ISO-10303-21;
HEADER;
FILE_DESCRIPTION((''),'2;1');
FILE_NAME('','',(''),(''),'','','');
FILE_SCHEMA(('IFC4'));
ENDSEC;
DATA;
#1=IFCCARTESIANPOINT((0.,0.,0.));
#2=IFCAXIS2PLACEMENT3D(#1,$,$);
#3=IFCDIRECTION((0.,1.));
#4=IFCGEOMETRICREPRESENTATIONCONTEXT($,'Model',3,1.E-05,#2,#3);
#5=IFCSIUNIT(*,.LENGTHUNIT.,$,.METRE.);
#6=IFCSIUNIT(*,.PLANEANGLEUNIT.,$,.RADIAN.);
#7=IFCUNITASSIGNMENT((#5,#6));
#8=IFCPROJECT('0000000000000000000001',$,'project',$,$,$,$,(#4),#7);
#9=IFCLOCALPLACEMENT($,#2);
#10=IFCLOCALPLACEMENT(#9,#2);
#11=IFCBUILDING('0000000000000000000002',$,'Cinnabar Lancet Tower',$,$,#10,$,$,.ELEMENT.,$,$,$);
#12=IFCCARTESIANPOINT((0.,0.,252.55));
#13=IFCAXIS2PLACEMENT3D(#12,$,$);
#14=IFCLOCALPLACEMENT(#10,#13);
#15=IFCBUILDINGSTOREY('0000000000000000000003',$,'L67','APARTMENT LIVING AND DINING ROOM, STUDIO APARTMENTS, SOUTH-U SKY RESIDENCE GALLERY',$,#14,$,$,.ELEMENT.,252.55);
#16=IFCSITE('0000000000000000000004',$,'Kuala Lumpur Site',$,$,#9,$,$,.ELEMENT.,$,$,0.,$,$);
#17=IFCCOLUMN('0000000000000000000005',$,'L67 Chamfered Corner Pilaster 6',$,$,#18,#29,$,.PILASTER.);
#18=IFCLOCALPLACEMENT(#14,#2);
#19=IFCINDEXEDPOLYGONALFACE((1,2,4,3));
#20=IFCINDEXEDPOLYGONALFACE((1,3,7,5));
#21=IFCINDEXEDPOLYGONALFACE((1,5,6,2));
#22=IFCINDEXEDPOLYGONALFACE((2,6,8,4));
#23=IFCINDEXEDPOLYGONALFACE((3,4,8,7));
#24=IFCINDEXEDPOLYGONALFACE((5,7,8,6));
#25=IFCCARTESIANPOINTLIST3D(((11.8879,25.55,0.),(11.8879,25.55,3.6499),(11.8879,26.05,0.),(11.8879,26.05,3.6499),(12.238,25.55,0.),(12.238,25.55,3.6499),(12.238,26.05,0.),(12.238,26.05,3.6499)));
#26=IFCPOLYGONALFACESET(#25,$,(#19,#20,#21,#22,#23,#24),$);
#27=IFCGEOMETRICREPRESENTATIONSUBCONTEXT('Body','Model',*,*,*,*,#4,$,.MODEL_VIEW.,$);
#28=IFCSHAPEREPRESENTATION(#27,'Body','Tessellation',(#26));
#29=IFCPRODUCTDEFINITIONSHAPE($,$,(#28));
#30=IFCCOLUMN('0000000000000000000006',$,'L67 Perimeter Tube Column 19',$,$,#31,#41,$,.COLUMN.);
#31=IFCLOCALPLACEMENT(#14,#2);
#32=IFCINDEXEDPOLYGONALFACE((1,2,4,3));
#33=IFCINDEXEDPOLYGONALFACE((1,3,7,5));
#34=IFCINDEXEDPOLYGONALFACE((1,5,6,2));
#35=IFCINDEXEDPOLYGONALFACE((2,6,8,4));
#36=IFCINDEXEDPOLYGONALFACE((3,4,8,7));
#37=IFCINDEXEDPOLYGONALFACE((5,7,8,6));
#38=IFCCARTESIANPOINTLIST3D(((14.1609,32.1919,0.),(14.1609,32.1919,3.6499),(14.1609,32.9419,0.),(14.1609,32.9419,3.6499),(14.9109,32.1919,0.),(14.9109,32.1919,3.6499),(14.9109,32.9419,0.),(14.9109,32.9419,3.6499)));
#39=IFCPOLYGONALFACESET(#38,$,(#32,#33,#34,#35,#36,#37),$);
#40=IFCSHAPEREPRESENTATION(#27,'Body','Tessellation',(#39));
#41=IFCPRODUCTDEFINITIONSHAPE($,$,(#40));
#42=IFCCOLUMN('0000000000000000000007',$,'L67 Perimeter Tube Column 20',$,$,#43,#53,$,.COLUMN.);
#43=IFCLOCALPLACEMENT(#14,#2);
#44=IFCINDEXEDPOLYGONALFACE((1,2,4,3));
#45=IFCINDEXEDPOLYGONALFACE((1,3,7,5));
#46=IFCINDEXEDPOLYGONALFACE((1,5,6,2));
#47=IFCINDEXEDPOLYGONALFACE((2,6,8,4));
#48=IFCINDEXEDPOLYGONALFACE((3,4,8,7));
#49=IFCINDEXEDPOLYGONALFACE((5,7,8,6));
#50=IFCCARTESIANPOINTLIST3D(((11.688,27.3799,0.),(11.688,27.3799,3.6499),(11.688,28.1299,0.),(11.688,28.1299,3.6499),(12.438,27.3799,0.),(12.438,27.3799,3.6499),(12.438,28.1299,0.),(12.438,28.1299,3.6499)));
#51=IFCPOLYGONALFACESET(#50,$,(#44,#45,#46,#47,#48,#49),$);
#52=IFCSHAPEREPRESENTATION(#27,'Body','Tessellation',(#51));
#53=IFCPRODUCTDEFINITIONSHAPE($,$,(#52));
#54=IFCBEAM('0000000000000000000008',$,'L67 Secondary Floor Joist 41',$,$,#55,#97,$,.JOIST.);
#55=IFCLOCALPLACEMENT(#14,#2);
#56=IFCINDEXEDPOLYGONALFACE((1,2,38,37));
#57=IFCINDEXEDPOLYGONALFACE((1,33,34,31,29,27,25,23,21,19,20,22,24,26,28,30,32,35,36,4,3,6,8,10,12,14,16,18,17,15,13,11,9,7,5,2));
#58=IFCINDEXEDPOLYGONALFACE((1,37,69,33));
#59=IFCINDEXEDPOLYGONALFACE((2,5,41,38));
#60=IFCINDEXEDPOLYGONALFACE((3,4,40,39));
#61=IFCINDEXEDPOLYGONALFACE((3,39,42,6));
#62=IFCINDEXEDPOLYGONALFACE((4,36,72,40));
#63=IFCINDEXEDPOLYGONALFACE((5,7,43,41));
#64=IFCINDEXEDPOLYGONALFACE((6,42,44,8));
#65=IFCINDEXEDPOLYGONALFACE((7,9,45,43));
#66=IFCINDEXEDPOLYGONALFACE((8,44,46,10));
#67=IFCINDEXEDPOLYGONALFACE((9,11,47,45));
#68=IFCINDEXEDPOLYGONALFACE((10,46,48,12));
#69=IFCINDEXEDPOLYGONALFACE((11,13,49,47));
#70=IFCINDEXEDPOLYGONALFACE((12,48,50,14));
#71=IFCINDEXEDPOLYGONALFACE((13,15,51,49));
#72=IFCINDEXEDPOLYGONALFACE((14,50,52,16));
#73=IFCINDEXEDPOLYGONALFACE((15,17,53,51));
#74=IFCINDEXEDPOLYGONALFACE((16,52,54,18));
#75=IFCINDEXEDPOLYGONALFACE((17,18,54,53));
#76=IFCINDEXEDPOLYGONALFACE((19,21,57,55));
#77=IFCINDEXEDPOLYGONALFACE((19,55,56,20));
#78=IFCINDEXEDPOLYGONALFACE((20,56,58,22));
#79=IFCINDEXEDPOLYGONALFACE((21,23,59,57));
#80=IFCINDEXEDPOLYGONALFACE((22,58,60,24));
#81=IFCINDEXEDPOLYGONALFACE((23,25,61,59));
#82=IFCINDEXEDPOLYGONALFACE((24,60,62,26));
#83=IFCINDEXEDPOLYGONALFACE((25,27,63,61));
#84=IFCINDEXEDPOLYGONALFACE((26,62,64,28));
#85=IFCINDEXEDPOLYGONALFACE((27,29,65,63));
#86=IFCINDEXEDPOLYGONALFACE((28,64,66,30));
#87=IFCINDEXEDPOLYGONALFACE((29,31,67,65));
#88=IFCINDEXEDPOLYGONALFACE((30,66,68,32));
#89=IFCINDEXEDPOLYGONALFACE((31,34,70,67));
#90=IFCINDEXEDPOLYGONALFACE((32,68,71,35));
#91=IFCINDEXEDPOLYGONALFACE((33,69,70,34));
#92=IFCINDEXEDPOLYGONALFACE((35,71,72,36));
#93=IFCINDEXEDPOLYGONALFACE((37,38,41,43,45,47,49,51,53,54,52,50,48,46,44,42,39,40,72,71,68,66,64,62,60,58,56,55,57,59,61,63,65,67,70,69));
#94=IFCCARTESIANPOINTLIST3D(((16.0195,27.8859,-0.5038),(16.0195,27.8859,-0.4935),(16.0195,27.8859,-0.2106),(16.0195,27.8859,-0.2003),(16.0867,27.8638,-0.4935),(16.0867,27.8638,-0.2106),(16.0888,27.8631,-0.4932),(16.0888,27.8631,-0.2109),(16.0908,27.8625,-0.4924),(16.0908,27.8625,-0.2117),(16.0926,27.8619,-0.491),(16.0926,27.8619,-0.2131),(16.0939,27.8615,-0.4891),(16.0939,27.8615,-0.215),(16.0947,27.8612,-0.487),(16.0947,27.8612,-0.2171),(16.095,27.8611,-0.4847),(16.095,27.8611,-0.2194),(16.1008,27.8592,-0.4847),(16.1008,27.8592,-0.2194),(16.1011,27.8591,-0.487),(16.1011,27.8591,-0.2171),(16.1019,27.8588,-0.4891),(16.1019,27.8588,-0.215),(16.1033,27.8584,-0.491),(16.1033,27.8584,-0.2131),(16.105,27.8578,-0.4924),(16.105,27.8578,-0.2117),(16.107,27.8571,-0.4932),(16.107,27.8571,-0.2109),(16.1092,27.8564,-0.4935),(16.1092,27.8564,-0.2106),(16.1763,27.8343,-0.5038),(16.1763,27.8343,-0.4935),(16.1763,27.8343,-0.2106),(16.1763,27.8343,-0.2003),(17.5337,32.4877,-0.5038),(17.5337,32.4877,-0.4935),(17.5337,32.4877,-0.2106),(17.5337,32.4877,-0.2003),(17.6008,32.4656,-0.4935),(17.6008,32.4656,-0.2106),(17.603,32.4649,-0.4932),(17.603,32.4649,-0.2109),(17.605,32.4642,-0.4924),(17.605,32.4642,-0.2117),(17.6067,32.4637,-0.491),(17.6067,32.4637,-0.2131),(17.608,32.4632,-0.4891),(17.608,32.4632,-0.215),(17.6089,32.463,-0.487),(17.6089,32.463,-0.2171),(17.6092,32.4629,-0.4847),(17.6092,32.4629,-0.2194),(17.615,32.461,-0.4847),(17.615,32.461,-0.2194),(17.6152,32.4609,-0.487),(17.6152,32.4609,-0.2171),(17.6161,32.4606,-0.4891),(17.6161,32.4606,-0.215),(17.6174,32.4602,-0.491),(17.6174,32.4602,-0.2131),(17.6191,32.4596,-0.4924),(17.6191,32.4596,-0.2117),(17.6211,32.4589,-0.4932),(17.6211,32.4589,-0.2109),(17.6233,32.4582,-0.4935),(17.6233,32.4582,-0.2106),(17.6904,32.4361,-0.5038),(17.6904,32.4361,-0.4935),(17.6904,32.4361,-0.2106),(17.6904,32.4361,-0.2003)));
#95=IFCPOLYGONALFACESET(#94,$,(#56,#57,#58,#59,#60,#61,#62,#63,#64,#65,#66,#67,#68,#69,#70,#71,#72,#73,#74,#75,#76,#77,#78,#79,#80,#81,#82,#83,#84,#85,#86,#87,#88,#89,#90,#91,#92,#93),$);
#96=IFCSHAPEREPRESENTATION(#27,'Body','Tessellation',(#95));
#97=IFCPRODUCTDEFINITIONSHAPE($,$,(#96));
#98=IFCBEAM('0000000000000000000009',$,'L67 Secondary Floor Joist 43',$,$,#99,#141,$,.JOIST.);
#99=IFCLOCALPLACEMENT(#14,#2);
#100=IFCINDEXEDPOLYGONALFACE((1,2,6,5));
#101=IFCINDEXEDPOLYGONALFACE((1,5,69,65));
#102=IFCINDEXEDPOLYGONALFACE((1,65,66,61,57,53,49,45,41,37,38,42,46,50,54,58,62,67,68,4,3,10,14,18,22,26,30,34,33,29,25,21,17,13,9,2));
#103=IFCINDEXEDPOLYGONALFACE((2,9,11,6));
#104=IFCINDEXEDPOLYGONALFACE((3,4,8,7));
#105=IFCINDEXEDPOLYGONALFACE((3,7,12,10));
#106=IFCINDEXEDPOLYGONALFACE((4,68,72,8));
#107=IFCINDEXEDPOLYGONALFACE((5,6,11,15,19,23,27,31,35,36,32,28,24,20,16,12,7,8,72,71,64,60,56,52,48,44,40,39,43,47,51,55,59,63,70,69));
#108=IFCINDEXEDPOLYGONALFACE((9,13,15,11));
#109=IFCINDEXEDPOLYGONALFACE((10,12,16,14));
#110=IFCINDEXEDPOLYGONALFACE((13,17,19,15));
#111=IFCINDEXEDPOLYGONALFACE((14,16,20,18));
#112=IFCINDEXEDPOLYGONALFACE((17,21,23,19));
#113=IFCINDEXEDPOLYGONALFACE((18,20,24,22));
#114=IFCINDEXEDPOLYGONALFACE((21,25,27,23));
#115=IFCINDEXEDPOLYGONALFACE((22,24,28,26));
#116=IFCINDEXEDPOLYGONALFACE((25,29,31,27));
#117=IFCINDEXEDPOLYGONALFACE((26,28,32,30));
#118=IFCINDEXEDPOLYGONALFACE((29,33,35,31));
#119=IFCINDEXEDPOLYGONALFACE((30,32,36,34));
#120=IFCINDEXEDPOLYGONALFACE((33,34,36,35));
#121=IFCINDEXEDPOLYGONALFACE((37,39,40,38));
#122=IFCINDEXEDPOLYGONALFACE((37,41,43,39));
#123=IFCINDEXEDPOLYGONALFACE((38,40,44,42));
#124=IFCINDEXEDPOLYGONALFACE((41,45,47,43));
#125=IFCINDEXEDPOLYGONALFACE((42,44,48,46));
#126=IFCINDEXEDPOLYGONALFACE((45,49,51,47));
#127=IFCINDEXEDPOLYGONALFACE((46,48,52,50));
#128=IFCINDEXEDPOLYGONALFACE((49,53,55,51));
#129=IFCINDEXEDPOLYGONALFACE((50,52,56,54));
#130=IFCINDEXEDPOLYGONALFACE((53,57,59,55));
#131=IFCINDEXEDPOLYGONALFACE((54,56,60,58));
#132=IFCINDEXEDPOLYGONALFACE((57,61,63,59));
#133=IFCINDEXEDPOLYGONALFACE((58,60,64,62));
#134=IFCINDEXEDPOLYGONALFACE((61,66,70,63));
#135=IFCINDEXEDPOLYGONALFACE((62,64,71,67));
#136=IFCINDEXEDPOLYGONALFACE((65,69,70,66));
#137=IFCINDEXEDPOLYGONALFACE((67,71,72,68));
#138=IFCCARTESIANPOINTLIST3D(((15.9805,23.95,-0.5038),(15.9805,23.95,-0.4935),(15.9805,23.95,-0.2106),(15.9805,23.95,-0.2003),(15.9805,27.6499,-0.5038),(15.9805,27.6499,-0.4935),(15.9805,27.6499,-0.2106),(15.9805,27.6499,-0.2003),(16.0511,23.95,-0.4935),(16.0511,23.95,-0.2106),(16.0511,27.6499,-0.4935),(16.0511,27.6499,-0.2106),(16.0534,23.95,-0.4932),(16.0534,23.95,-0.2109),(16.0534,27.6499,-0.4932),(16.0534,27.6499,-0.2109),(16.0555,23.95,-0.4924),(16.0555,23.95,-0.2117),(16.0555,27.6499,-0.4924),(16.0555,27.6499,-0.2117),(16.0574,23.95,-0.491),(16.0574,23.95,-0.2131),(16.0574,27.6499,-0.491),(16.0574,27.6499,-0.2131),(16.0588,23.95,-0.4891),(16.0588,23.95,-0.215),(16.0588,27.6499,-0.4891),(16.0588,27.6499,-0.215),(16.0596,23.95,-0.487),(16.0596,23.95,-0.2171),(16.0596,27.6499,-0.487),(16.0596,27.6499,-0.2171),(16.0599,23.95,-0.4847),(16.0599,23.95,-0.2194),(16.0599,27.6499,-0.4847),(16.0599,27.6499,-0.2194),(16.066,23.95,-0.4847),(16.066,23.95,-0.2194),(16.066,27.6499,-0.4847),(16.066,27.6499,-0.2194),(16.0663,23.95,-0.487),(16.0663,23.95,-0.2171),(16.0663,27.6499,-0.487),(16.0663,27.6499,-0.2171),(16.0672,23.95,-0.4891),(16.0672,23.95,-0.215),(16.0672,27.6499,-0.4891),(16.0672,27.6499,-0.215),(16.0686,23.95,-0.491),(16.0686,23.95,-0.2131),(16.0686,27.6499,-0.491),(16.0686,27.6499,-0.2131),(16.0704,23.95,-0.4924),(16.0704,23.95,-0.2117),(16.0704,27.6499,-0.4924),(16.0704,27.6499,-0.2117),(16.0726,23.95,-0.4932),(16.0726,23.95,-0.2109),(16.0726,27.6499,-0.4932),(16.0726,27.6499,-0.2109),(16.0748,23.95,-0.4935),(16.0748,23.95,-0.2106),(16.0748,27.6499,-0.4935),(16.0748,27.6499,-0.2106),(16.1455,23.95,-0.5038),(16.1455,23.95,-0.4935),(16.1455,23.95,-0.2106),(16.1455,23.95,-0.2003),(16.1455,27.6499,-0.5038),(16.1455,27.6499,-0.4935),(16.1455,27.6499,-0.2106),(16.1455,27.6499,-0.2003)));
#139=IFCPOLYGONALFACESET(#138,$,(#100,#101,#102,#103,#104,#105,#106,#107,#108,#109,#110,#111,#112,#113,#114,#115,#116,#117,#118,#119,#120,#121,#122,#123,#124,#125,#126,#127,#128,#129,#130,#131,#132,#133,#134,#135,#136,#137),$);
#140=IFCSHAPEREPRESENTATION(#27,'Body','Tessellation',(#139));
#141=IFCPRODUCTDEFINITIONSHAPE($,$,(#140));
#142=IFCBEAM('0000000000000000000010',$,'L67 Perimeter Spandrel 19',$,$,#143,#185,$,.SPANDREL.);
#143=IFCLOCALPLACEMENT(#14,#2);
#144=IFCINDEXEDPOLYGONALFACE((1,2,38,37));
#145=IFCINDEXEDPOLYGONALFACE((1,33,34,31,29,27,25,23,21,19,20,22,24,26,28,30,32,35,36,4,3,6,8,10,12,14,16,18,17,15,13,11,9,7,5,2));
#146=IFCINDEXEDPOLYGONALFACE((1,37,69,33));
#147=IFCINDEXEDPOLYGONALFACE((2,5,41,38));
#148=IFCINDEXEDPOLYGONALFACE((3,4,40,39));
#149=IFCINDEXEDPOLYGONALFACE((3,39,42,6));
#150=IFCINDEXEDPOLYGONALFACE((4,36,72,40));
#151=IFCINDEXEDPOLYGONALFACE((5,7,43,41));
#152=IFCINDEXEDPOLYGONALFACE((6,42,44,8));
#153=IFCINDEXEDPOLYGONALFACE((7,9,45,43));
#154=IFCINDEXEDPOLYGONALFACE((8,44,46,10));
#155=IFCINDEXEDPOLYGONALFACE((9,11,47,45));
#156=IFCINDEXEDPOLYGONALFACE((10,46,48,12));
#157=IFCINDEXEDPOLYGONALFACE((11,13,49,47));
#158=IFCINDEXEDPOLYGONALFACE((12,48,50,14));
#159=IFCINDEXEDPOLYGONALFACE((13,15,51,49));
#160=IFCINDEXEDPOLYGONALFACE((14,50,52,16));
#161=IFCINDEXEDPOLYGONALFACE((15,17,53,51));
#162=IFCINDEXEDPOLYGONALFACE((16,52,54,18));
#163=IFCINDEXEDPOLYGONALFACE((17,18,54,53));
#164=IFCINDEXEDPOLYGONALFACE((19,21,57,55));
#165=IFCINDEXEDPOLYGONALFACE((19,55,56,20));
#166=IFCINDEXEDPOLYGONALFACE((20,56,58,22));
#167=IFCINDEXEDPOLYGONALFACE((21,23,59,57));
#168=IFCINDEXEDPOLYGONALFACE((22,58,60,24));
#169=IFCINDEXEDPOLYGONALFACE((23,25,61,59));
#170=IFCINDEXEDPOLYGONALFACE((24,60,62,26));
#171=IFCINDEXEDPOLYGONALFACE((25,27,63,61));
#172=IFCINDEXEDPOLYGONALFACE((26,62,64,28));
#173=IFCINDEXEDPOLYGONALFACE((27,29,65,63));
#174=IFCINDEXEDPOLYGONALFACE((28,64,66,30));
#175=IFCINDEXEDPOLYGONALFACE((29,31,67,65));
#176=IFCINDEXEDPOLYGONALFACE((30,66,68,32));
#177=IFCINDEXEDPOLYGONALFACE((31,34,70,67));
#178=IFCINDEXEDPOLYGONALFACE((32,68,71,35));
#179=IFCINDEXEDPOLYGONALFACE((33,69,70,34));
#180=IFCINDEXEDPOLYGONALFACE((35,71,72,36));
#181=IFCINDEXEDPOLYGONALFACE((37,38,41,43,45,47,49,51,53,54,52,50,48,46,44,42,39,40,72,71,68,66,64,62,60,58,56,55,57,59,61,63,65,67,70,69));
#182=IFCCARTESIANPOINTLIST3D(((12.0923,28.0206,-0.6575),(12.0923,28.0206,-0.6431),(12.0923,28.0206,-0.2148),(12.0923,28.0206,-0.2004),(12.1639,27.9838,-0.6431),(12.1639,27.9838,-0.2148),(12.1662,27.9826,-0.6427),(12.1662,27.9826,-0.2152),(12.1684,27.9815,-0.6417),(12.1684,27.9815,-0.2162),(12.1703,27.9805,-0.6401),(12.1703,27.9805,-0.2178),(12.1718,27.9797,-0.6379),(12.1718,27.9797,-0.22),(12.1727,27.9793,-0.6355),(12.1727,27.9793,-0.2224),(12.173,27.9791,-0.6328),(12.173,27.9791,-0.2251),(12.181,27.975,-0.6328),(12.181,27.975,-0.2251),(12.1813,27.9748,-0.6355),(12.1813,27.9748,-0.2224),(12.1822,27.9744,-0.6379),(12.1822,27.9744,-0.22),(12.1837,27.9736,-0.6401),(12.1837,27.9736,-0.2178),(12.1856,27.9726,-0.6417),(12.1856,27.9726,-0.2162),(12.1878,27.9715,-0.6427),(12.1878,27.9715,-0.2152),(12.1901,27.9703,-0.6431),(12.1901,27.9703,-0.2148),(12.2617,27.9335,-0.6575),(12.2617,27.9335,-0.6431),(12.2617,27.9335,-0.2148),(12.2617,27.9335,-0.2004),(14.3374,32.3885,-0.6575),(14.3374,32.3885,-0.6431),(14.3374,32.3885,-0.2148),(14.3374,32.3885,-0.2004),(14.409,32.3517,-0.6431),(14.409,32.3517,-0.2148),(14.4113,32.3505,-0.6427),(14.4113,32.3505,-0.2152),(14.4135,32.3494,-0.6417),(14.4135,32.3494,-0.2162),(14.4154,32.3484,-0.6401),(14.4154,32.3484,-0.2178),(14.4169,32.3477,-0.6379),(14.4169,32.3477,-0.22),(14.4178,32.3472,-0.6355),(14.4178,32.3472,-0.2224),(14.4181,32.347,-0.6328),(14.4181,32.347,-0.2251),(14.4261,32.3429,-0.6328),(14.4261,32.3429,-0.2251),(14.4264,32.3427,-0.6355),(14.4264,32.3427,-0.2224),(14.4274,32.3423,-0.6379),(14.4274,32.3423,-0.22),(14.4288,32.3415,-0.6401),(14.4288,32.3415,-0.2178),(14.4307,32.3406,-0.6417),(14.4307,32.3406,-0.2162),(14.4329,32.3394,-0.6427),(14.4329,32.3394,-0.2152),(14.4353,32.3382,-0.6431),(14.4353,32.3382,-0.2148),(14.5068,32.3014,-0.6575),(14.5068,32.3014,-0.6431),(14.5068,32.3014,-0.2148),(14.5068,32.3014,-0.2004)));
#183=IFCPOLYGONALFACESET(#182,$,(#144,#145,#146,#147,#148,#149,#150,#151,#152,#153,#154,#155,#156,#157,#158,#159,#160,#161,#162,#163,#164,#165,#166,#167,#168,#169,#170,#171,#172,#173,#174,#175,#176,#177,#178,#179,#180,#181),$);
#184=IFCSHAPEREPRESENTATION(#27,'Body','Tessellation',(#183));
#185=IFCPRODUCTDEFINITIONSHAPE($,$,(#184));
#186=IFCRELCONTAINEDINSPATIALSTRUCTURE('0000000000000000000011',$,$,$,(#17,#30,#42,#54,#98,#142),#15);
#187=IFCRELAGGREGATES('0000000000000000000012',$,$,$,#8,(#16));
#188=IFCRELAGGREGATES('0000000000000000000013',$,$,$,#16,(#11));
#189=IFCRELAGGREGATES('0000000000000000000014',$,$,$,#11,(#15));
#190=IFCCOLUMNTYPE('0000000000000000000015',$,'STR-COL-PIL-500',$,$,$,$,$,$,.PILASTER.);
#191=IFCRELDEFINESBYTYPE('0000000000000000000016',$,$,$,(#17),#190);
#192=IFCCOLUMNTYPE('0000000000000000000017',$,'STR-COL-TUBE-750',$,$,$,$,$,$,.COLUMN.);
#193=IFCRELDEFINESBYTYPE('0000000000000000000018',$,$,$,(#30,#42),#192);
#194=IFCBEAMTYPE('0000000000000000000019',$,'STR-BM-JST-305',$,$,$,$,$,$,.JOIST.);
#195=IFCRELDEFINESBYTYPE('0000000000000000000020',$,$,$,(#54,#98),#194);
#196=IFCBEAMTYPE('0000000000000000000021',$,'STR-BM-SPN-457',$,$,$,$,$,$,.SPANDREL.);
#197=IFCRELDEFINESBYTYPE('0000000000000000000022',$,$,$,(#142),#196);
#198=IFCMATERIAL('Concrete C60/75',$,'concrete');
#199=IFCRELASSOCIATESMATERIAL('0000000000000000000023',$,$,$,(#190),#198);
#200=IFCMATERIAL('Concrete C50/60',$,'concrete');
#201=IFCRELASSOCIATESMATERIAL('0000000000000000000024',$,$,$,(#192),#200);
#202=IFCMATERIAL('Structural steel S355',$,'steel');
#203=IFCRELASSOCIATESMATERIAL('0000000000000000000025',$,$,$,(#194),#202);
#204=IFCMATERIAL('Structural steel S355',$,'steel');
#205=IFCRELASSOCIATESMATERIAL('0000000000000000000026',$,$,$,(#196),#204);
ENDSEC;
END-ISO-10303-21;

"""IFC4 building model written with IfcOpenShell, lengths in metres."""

from ifc_helpers import new_model, si_unit, direction, frame, origin, origin_2d, place, context, subcontext, project, spatial, rectangle, i_section, extrude, material, material_profile, profile_set, type_object, element, save


model = new_model("IFC4")

# Units and contexts
model_context = context("Model", 3, precision=1e-05, world=origin(), true_north=direction((0.0, 1.0)))
body_context = subcontext(model_context, "Body", "Model", "MODEL_VIEW")
ifc_project = project(units=[si_unit("LENGTHUNIT", "METRE"), si_unit("PLANEANGLEUNIT", "RADIAN")], contexts=[model_context])

# Site, building, storey
site_placement = place(None, origin())
site = spatial("IfcSite", under=ifc_project, at=site_placement, Name="Kuala Lumpur Site", CompositionType="ELEMENT", RefElevation=0.0)
building_placement = place(site_placement, origin())
building = spatial("IfcBuilding", under=site, at=building_placement, Name="Cinnabar Lancet Tower", CompositionType="ELEMENT")
storey_placement = place(building_placement, frame((0.0, 0.0, 252.55)))
storey = spatial("IfcBuildingStorey", under=building, at=storey_placement, Name="L67", Description="APARTMENT LIVING AND DINING ROOM, STUDIO APARTMENTS, SOUTH-U SKY RESIDENCE GALLERY", CompositionType="ELEMENT", Elevation=252.55)

# Columns
ifc_material_1 = material(Name="Concrete C60/75", Category="concrete")
ifc_material_profile_1 = material_profile(ifc_material_1, rectangle(XDim=0.5, YDim=0.3501, at=origin_2d()), Name="RC-PIL 500x350")
ifc_profile_set_1 = profile_set([ifc_material_profile_1], Name="Concrete C60/75")
column_type_1 = type_object("IfcColumnType", Name="STR-COL-PIL-500", PredefinedType="PILASTER", material=ifc_profile_set_1)
column_placement = place(storey_placement, frame((12.063, 25.8, 0.0), z_axis=(0.0, 0.0, 1.0), x_axis=(0.0, -1.0, 0.0)))
element("IfcColumn", 1, at=column_placement, inside=storey, type_object=column_type_1, Name="L67 Chamfered Corner Pilaster 6", PredefinedType="PILASTER", context=body_context, shape_type="SweptSolid", body=[
    extrude(rectangle(XDim=0.5, YDim=0.3501, at=origin_2d()), origin(), (0.0, 0.0, 1.0), 3.6499),
])
ifc_material_2 = material(Name="Concrete C50/60", Category="concrete")
ifc_material_profile_2 = material_profile(ifc_material_2, rectangle(XDim=0.75, YDim=0.75, at=origin_2d()), Name="RC-COL 750x750")
ifc_profile_set_2 = profile_set([ifc_material_profile_2], Name="Concrete C50/60")
column_type_2 = type_object("IfcColumnType", Name="STR-COL-TUBE-750", PredefinedType="COLUMN", material=ifc_profile_set_2)
for number, where, z_axis, x_axis, name in (
    (2, (14.5359, 32.5669, 0.0), (0.0, 0.0, 1.0), (1.0, 0.0, 0.0), "L67 Perimeter Tube Column 19"),
    (3, (12.063, 27.7549, 0.0), (0.0, 0.0, 1.0), (1.0, 0.0, 0.0), "L67 Perimeter Tube Column 20"),
):
    element("IfcColumn", number, at=place(storey_placement, frame(where, z_axis=z_axis, x_axis=x_axis)), inside=storey, type_object=column_type_2, Name=name, PredefinedType="COLUMN", context=body_context, shape_type="SweptSolid", body=[
        extrude(rectangle(XDim=0.75, YDim=0.75, at=origin_2d()), origin(), (0.0, 0.0, 1.0), 3.6499),
    ])

# Beams
ifc_material_3 = material(Name="Structural steel S355", Category="steel")
ifc_material_profile_3 = material_profile(ifc_material_3, i_section(OverallWidth=0.165, OverallDepth=0.3035, WebThickness=0.0061, FlangeThickness=0.0103, FilletRadius=0.0088, at=origin_2d()), Name="UKB 305x165x40")
ifc_profile_set_3 = profile_set([ifc_material_profile_3], Name="Structural steel S355")
beam_type_1 = type_object("IfcBeamType", Name="STR-BM-JST-305", PredefinedType="JOIST", material=ifc_profile_set_3)
beam_1_placement = place(storey_placement, frame((17.6121, 32.4619, -0.3521), z_axis=(-0.312552, -0.949901, 0.0), x_axis=(0.949901, -0.312552, 0.0)))
element("IfcBeam", 4, at=beam_1_placement, inside=storey, type_object=beam_type_1, Name="L67 Secondary Floor Joist 41", PredefinedType="JOIST", context=body_context, shape_type="SweptSolid", body=[
    extrude(i_section(OverallWidth=0.165, OverallDepth=0.3035, WebThickness=0.0061, FlangeThickness=0.0103, FilletRadius=0.0088, at=origin_2d()), origin(), (0.0, 0.0, 1.0), 4.8445),
])
beam_2_placement = place(storey_placement, frame((16.063, 27.6499, -0.3521), z_axis=(0.0, -1.0, 0.0), x_axis=(1.0, 0.0, 0.0)))
element("IfcBeam", 5, at=beam_2_placement, inside=storey, type_object=beam_type_1, Name="L67 Secondary Floor Joist 43", PredefinedType="JOIST", context=body_context, shape_type="SweptSolid", body=[
    extrude(i_section(OverallWidth=0.165, OverallDepth=0.3035, WebThickness=0.0061, FlangeThickness=0.0103, FilletRadius=0.0088, at=origin_2d()), origin(), (0.0, 0.0, 1.0), 3.7),
])
ifc_material_4 = material(Name="Structural steel S355", Category="steel")
ifc_material_profile_4 = material_profile(ifc_material_4, i_section(OverallWidth=0.1904, OverallDepth=0.457, WebThickness=0.009, FlangeThickness=0.0144, FilletRadius=0.0103, at=origin_2d()), Name="UKB 457x191x74")
ifc_profile_set_4 = profile_set([ifc_material_profile_4], Name="Structural steel S355")
beam_type_2 = type_object("IfcBeamType", Name="STR-BM-SPN-457", PredefinedType="SPANDREL", material=ifc_profile_set_4)
beam_3_placement = place(storey_placement, frame((14.4221, 32.345, -0.429), z_axis=(-0.457148, -0.889391, 0.0), x_axis=(0.889391, -0.457148, 0.0)))
element("IfcBeam", 6, at=beam_3_placement, inside=storey, type_object=beam_type_2, Name="L67 Perimeter Spandrel 19", PredefinedType="SPANDREL", context=body_context, shape_type="SweptSolid", body=[
    extrude(i_section(OverallWidth=0.1904, OverallDepth=0.457, WebThickness=0.009, FlangeThickness=0.0144, FilletRadius=0.0103, at=origin_2d()), origin(), (0.0, 0.0, 1.0), 4.9111),
])

save(model, "model.ifc")
